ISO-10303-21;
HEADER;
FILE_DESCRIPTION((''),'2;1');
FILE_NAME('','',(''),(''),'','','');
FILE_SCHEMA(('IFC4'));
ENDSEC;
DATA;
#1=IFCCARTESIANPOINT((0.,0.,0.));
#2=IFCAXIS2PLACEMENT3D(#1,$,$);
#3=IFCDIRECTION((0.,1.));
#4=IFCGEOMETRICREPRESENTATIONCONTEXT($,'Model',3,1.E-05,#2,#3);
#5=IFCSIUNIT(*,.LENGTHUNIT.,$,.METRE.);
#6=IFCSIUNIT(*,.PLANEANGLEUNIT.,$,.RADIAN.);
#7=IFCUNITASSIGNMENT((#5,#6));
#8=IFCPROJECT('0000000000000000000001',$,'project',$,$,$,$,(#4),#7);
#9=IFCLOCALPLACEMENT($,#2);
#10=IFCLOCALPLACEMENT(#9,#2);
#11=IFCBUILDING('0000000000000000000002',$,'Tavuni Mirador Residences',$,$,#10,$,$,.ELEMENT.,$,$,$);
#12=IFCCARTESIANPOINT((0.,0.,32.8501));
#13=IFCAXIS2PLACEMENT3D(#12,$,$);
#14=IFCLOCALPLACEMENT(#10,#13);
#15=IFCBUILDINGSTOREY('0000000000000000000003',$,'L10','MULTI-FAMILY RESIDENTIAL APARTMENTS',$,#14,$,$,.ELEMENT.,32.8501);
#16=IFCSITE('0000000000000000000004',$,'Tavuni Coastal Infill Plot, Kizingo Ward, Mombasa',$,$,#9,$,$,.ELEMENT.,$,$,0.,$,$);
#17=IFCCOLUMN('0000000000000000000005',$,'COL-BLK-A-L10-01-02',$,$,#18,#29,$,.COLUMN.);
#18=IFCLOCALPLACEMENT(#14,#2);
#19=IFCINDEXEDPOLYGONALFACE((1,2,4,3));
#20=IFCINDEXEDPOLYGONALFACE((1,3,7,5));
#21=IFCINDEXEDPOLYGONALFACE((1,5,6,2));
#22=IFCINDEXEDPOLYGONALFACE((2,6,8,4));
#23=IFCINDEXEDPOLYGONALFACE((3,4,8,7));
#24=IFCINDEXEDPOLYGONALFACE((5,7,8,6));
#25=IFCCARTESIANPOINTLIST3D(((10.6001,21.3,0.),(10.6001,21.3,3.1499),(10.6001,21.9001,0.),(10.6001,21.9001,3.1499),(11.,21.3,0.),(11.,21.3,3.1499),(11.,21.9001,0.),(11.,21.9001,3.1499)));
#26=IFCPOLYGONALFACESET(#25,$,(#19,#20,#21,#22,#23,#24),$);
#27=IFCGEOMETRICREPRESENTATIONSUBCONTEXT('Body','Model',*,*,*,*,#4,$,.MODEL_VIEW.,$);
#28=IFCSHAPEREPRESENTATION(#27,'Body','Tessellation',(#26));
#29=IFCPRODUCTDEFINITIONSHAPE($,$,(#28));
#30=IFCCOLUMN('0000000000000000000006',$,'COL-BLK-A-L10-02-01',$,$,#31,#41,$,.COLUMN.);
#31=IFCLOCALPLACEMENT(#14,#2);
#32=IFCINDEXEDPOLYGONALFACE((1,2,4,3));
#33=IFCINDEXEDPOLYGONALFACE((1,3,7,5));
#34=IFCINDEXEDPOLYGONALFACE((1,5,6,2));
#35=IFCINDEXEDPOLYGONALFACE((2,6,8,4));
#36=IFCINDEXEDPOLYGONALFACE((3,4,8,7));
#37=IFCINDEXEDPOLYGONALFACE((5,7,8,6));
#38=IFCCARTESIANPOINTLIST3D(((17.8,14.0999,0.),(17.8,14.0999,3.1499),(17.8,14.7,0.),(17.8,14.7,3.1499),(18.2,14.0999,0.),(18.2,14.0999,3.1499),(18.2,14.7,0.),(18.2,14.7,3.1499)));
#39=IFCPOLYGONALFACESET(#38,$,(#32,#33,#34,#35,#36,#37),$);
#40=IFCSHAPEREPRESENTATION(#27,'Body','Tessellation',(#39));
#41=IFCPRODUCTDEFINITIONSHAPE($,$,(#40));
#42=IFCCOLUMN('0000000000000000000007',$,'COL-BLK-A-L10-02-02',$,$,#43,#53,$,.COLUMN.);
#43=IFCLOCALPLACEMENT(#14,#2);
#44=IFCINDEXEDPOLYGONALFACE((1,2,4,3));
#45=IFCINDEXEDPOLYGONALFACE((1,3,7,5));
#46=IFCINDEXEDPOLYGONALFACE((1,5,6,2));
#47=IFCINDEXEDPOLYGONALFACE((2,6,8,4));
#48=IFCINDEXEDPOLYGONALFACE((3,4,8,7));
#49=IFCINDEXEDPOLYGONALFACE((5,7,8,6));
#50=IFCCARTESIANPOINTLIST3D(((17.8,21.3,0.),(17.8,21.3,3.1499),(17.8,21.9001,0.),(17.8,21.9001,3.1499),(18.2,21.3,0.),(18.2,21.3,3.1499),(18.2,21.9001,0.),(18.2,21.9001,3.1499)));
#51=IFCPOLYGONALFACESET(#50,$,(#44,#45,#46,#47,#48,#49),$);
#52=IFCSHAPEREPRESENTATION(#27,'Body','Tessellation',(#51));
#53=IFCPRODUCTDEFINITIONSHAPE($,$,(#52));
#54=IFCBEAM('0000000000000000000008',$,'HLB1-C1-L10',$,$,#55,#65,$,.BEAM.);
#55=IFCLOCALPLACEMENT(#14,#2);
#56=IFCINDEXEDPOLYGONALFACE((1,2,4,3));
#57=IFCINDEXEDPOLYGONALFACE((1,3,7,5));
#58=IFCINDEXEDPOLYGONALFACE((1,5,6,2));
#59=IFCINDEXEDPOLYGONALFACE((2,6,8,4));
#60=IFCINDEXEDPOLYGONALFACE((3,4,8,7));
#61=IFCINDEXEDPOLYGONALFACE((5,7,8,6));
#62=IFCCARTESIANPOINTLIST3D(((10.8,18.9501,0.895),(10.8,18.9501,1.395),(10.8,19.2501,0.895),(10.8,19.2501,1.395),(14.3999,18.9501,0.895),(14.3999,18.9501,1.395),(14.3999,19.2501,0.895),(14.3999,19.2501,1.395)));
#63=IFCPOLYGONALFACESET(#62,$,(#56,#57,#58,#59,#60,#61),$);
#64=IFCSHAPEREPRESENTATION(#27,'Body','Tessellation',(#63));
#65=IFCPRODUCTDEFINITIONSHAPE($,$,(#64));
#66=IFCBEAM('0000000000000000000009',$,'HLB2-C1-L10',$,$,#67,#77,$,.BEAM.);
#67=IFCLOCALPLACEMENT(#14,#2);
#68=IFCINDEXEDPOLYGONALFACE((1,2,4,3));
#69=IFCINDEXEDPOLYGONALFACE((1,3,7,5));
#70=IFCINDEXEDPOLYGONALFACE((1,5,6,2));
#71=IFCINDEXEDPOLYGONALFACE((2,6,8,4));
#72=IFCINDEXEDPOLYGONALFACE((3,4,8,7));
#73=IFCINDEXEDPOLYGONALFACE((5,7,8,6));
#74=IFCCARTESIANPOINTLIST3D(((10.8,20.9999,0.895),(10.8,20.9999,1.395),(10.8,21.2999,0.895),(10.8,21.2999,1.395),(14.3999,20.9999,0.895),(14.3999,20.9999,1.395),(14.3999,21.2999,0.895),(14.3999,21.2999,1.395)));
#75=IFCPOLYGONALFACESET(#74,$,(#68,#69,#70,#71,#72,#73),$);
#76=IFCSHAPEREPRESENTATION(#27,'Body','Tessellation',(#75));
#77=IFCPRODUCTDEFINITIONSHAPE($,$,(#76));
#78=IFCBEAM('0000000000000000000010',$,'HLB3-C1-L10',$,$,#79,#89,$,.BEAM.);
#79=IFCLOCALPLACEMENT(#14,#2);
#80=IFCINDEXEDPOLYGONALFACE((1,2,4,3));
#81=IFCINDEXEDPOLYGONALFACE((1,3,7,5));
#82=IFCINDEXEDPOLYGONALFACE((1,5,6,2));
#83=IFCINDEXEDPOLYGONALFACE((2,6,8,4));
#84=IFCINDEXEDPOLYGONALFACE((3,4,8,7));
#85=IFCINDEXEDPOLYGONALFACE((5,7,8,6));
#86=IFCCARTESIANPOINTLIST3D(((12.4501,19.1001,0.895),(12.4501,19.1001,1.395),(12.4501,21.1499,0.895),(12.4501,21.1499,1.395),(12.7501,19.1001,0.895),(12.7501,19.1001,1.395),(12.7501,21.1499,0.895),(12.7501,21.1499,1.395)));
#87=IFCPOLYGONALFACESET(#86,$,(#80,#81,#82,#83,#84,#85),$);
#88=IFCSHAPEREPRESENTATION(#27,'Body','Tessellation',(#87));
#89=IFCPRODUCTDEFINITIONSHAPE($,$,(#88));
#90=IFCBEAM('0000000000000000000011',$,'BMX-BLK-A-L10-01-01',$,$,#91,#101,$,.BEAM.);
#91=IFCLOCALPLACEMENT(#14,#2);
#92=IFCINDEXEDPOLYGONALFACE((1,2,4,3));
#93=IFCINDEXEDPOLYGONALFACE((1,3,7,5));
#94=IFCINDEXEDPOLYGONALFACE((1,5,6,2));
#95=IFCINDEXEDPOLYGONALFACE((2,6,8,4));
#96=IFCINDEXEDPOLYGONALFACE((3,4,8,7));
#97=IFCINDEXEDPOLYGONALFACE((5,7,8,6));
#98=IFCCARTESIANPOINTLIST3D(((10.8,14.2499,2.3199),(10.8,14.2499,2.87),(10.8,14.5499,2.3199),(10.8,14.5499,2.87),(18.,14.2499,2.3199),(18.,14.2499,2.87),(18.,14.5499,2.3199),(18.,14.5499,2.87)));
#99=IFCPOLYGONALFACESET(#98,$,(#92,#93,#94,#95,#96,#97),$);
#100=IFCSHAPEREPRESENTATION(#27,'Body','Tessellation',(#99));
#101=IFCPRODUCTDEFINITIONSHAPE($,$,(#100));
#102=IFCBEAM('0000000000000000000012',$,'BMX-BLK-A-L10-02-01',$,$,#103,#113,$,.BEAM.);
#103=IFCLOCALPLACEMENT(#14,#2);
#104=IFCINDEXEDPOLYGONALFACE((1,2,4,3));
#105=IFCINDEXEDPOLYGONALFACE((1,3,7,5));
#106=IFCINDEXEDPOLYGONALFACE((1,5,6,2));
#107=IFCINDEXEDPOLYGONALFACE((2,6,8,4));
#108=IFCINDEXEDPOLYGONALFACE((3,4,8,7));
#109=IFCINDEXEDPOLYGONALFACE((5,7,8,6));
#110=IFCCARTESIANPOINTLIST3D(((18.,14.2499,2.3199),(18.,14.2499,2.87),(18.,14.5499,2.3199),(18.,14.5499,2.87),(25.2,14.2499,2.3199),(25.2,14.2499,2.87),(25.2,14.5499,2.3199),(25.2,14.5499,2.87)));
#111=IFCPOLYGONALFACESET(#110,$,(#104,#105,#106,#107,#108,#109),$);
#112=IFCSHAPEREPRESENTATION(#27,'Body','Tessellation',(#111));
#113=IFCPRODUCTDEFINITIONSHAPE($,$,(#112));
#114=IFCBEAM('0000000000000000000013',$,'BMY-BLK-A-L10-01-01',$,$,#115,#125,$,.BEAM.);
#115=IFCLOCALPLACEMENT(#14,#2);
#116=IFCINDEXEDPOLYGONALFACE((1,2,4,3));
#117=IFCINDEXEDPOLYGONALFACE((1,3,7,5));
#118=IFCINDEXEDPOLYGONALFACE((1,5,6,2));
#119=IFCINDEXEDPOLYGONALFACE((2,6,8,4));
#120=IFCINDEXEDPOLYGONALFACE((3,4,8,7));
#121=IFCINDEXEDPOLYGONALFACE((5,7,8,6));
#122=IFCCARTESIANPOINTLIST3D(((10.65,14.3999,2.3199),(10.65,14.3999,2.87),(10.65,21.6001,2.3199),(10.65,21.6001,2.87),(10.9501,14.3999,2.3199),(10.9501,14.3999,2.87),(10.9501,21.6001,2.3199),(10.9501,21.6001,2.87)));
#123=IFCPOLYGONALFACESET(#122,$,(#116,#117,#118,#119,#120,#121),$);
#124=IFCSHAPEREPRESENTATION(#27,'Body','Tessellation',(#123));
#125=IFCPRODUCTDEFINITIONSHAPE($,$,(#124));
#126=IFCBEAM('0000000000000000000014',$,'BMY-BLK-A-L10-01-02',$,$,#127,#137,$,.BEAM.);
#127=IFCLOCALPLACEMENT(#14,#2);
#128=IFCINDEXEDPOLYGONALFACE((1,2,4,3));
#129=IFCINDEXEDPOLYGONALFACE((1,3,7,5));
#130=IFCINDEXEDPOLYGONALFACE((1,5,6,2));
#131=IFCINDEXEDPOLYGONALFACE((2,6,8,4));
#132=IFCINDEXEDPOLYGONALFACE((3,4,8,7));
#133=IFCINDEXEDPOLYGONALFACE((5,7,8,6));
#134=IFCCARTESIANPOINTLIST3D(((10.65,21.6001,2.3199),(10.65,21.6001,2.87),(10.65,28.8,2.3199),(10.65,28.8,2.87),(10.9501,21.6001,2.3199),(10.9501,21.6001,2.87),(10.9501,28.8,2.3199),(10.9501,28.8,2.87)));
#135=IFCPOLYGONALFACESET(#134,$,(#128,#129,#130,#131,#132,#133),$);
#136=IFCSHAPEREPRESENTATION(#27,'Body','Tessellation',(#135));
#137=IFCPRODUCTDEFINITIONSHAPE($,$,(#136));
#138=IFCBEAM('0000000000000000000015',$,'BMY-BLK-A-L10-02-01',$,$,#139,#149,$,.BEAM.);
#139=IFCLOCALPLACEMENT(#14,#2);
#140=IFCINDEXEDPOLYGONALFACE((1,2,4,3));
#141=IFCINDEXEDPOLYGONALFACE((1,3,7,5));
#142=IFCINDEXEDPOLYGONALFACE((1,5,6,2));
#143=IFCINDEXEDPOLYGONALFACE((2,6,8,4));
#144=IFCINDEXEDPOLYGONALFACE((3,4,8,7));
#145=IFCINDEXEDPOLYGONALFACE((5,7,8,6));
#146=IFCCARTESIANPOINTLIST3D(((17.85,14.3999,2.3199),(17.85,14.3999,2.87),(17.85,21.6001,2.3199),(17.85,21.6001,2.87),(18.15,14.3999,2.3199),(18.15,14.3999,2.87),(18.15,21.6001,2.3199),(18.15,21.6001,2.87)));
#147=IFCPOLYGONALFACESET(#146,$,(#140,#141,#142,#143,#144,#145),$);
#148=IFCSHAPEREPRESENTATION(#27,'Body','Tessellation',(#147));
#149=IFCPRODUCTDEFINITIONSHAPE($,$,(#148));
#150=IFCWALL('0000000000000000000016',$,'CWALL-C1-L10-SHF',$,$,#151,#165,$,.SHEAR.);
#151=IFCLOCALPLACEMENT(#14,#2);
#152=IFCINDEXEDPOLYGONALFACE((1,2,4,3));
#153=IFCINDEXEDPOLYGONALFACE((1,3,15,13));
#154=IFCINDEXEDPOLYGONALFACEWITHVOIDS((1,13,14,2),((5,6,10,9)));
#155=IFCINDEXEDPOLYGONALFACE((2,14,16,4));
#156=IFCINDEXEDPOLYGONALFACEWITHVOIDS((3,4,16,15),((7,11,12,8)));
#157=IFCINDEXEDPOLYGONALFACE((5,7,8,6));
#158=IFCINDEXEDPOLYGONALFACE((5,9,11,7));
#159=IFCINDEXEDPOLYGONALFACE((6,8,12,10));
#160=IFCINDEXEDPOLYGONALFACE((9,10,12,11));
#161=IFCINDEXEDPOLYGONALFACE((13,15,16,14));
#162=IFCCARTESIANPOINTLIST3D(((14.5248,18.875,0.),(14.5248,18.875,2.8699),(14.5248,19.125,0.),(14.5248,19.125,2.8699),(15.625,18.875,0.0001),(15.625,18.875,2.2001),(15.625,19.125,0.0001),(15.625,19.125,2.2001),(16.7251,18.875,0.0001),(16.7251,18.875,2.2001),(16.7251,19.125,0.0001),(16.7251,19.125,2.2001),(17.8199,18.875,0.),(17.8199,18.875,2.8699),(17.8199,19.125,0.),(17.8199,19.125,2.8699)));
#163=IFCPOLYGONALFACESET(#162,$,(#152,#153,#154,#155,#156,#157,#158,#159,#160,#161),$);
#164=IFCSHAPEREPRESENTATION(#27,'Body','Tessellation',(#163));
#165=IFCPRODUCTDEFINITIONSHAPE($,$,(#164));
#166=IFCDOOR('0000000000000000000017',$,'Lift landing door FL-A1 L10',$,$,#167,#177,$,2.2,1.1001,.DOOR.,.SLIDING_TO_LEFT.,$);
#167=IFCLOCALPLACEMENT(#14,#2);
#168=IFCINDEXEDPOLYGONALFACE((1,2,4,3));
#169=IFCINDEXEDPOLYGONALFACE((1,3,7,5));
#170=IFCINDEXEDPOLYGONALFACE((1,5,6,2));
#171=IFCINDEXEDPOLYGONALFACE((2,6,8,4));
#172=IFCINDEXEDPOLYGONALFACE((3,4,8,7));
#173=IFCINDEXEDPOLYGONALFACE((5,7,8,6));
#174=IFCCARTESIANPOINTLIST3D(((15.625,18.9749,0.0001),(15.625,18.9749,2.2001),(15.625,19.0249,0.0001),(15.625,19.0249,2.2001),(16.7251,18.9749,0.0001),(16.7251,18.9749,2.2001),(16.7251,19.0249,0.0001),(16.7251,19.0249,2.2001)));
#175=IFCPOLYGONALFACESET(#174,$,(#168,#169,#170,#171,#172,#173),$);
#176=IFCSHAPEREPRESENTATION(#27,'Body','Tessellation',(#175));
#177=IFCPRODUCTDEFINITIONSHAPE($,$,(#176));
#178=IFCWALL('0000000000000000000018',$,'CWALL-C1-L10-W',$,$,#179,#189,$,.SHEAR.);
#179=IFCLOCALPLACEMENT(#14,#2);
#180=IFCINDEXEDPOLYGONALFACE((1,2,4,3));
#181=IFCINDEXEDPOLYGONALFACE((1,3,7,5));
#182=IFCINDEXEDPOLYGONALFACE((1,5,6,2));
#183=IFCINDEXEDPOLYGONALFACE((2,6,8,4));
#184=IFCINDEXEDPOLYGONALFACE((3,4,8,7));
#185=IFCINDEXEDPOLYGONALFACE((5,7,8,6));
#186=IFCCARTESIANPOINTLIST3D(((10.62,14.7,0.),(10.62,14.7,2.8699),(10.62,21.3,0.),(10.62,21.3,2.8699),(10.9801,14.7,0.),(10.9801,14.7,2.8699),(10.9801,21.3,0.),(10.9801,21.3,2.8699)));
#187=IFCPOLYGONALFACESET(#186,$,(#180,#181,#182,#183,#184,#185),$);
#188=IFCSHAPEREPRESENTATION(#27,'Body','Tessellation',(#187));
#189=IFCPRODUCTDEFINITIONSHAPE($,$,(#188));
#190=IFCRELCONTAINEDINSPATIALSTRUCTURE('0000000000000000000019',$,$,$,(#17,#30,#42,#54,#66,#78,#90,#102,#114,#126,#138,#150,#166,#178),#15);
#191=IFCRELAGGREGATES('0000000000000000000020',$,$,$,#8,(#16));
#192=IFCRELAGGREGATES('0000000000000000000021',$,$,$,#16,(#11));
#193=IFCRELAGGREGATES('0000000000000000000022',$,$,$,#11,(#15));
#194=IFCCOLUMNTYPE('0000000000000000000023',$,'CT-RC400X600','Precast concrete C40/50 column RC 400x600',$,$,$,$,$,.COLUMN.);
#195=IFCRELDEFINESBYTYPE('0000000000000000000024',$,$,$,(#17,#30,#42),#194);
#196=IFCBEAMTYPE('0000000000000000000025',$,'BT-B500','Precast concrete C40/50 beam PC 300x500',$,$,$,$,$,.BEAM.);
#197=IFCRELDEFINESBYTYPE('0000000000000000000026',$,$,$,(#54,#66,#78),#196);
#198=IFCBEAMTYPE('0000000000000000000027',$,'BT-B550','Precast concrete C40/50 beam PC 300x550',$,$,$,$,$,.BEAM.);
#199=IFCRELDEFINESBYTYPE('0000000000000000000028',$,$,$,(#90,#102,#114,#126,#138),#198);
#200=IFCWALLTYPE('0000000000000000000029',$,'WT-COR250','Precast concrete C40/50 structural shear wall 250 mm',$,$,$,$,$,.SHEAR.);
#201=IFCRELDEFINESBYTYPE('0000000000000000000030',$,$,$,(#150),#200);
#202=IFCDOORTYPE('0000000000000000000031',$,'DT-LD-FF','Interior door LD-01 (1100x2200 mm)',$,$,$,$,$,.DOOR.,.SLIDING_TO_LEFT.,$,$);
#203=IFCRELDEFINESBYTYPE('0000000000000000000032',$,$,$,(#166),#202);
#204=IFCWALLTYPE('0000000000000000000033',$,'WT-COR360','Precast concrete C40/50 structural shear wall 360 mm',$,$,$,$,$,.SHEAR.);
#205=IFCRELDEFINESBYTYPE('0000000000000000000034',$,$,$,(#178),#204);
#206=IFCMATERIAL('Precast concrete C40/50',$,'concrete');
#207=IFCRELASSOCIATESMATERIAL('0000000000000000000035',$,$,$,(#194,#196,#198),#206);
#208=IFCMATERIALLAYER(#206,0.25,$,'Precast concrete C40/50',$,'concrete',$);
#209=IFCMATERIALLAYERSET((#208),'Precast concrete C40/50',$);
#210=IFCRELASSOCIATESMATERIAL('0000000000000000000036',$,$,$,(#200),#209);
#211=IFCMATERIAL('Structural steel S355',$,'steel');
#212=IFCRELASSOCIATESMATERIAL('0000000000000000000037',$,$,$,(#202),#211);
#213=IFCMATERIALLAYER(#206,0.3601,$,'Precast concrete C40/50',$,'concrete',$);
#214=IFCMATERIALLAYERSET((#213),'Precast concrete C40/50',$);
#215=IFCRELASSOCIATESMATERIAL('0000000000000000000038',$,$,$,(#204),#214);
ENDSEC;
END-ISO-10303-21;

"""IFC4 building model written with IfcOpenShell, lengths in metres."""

from ifc_helpers import new_model, si_unit, direction, frame, frame_2d, origin, origin_2d, place, context, subcontext, project, spatial, rectangle, extrude, material, layer, layer_set, material_profile, profile_set, type_object, element, fill, save


model = new_model("IFC4")

# Units and contexts
model_context = context("Model", 3, precision=1e-05, world=origin(), true_north=direction((0.0, 1.0)))
body_context = subcontext(model_context, "Body", "Model", "MODEL_VIEW")
ifc_project = project(units=[si_unit("LENGTHUNIT", "METRE"), si_unit("PLANEANGLEUNIT", "RADIAN")], contexts=[model_context])

# Site, building, storey
site_placement = place(None, origin())
site = spatial("IfcSite", under=ifc_project, at=site_placement, Name="Tavuni Coastal Infill Plot, Kizingo Ward, Mombasa", CompositionType="ELEMENT", RefElevation=0.0)
building_placement = place(site_placement, origin())
building = spatial("IfcBuilding", under=site, at=building_placement, Name="Tavuni Mirador Residences", CompositionType="ELEMENT")
storey_placement = place(building_placement, frame((0.0, 0.0, 32.8501)))
storey = spatial("IfcBuildingStorey", under=building, at=storey_placement, Name="L10", Description="MULTI-FAMILY RESIDENTIAL APARTMENTS", CompositionType="ELEMENT", Elevation=32.8501)

# Columns
ifc_material_1 = material(Name="Precast concrete C40/50", Category="concrete")
ifc_material_profile_1 = material_profile(ifc_material_1, rectangle(XDim=0.3999, YDim=0.6001, at=origin_2d()), Name="RC 400x600", Category="concrete")
ifc_profile_set_1 = profile_set([ifc_material_profile_1], Name="Precast concrete C40/50")
column_type = type_object("IfcColumnType", Name="CT-RC400X600", Description="Precast concrete C40/50 column RC 400x600", PredefinedType="COLUMN", material=ifc_profile_set_1)
for number, where, z_axis, x_axis, name in (
    (1, (10.8, 21.6001, 0.0), (0.0, 0.0, 1.0), (1.0, 0.0, 0.0), "COL-BLK-A-L10-01-02"),
    (2, (18.0, 14.3999, 0.0), (0.0, 0.0, 1.0), (1.0, 0.0, 0.0), "COL-BLK-A-L10-02-01"),
    (3, (18.0, 21.6001, 0.0), (0.0, 0.0, 1.0), (1.0, 0.0, 0.0), "COL-BLK-A-L10-02-02"),
):
    element("IfcColumn", number, at=place(storey_placement, frame(where, z_axis=z_axis, x_axis=x_axis)), inside=storey, type_object=column_type, Name=name, PredefinedType="COLUMN", context=body_context, shape_type="SweptSolid", body=[
        extrude(rectangle(XDim=0.3999, YDim=0.6001, at=origin_2d()), origin(), (0.0, 0.0, 1.0), 3.1499),
    ])

# Beams
ifc_material_profile_2 = material_profile(ifc_material_1, rectangle(XDim=0.3, YDim=0.5, at=origin_2d()), Name="PC 300x500", Category="concrete")
ifc_profile_set_2 = profile_set([ifc_material_profile_2], Name="Precast concrete C40/50")
beam_type_1 = type_object("IfcBeamType", Name="BT-B500", Description="Precast concrete C40/50 beam PC 300x500", PredefinedType="BEAM", material=ifc_profile_set_2)
for number, where, z_axis, x_axis, name in (
    (4, (10.8, 19.1001, 1.145), (1.0, 0.0, 0.0), (0.0, 1.0, 0.0), "HLB1-C1-L10"),
    (5, (10.8, 21.1499, 1.145), (1.0, 0.0, 0.0), (0.0, 1.0, 0.0), "HLB2-C1-L10"),
):
    element("IfcBeam", number, at=place(storey_placement, frame(where, z_axis=z_axis, x_axis=x_axis)), inside=storey, type_object=beam_type_1, Name=name, PredefinedType="BEAM", context=body_context, shape_type="SweptSolid", body=[
        extrude(rectangle(XDim=0.3, YDim=0.5, at=origin_2d()), origin(), (0.0, 0.0, 1.0), 3.5999),
    ])
beam_1_placement = place(storey_placement, frame((12.6001, 19.1001, 1.145), z_axis=(0.0, 1.0, 0.0), x_axis=(-1.0, 0.0, 0.0)))
element("IfcBeam", 6, at=beam_1_placement, inside=storey, type_object=beam_type_1, Name="HLB3-C1-L10", PredefinedType="BEAM", context=body_context, shape_type="SweptSolid", body=[
    extrude(rectangle(XDim=0.3, YDim=0.5, at=origin_2d()), origin(), (0.0, 0.0, 1.0), 2.0498),
])
ifc_material_profile_3 = material_profile(ifc_material_1, rectangle(XDim=0.3, YDim=0.55, at=origin_2d()), Name="PC 300x550", Category="concrete")
ifc_profile_set_3 = profile_set([ifc_material_profile_3], Name="Precast concrete C40/50")
beam_type_2 = type_object("IfcBeamType", Name="BT-B550", Description="Precast concrete C40/50 beam PC 300x550", PredefinedType="BEAM", material=ifc_profile_set_3)
for number, where, z_axis, x_axis, name in (
    (7, (10.8, 14.3999, 2.595), (1.0, 0.0, 0.0), (0.0, 1.0, 0.0), "BMX-BLK-A-L10-01-01"),
    (8, (18.0, 14.3999, 2.595), (1.0, 0.0, 0.0), (0.0, 1.0, 0.0), "BMX-BLK-A-L10-02-01"),
):
    element("IfcBeam", number, at=place(storey_placement, frame(where, z_axis=z_axis, x_axis=x_axis)), inside=storey, type_object=beam_type_2, Name=name, PredefinedType="BEAM", context=body_context, shape_type="SweptSolid", body=[
        extrude(rectangle(XDim=0.3, YDim=0.55, at=origin_2d()), origin(), (0.0, 0.0, 1.0), 7.2),
    ])
beam_2_placement = place(storey_placement, frame((10.8, 14.3999, 2.595), z_axis=(0.0, 1.0, 0.0), x_axis=(-1.0, 0.0, 0.0)))
element("IfcBeam", 9, at=beam_2_placement, inside=storey, type_object=beam_type_2, Name="BMY-BLK-A-L10-01-01", PredefinedType="BEAM", context=body_context, shape_type="SweptSolid", body=[
    extrude(rectangle(XDim=0.3, YDim=0.55, at=origin_2d()), origin(), (0.0, 0.0, 1.0), 7.2002),
])
beam_3_placement = place(storey_placement, frame((10.8, 21.6001, 2.595), z_axis=(0.0, 1.0, 0.0), x_axis=(-1.0, 0.0, 0.0)))
element("IfcBeam", 10, at=beam_3_placement, inside=storey, type_object=beam_type_2, Name="BMY-BLK-A-L10-01-02", PredefinedType="BEAM", context=body_context, shape_type="SweptSolid", body=[
    extrude(rectangle(XDim=0.3, YDim=0.55, at=origin_2d()), origin(), (0.0, 0.0, 1.0), 7.2),
])
beam_4_placement = place(storey_placement, frame((18.0, 14.3999, 2.595), z_axis=(0.0, 1.0, 0.0), x_axis=(-1.0, 0.0, 0.0)))
element("IfcBeam", 11, at=beam_4_placement, inside=storey, type_object=beam_type_2, Name="BMY-BLK-A-L10-02-01", PredefinedType="BEAM", context=body_context, shape_type="SweptSolid", body=[
    extrude(rectangle(XDim=0.3, YDim=0.55, at=origin_2d()), origin(), (0.0, 0.0, 1.0), 7.2002),
])

# Wall, opening, door
ifc_layer_1 = layer(ifc_material_1, 0.25, Name="Precast concrete C40/50", Category="concrete")
ifc_layer_set_1 = layer_set([ifc_layer_1], Name="Precast concrete C40/50")
wall_type_1 = type_object("IfcWallType", Name="WT-COR250", Description="Precast concrete C40/50 structural shear wall 250 mm", PredefinedType="SHEAR", material=ifc_layer_set_1)
wall_1_placement = place(storey_placement, frame((14.5249, 19.0, 0.0), z_axis=(0.0, 0.0, 1.0), x_axis=(1.0, 0.0, 0.0)))
wall_1 = element("IfcWall", 12, at=wall_1_placement, inside=storey, type_object=wall_type_1, Name="CWALL-C1-L10-SHF", PredefinedType="SHEAR", context=body_context, shape_type="SweptSolid", body=[
    extrude(rectangle(XDim=3.2952, YDim=0.25, at=frame_2d((1.6475, 0.0))), origin(), (0.0, 0.0, 1.0), 2.8699),
])
opening_1_placement = place(wall_1_placement, frame((1.1001, 0.0, 0.0)))
opening_1 = element("IfcOpeningElement", 13, at=opening_1_placement, cuts=wall_1, PredefinedType="OPENING", context=body_context, shape_type="SweptSolid", body=[
    extrude(rectangle(XDim=1.1001, YDim=2.2, at=frame_2d((0.55, 1.1001))), frame((0.0, 0.135, 0.0), z_axis=(0.0, -1.0, 0.0), x_axis=(1.0, 0.0, 0.0)), (0.0, 0.0, 1.0), 0.27),
])
ifc_material_2 = material(Name="Structural steel S355", Category="steel")
door_type_1 = type_object("IfcDoorType", Name="DT-LD-FF", Description="Interior door LD-01 (1100x2200 mm)", OperationType="SLIDING_TO_LEFT", PredefinedType="DOOR", material=ifc_material_2)
door_1_placement = place(opening_1_placement, origin())
door_1 = element("IfcDoor", 14, at=door_1_placement, inside=storey, type_object=door_type_1, Name="Lift landing door FL-A1 L10", OperationType="SLIDING_TO_LEFT", OverallHeight=2.2, OverallWidth=1.1001, PredefinedType="DOOR", context=body_context, shape_type="SweptSolid", body=[
    extrude(rectangle(XDim=1.1001, YDim=2.2, at=frame_2d((0.55, 1.1001))), frame((0.0, 0.0249, 0.0), z_axis=(0.0, -1.0, 0.0), x_axis=(1.0, 0.0, 0.0)), (0.0, 0.0, 1.0), 0.05),
])
fill(opening_1, door_1)

# Wall
ifc_layer_2 = layer(ifc_material_1, 0.3601, Name="Precast concrete C40/50", Category="concrete")
ifc_layer_set_2 = layer_set([ifc_layer_2], Name="Precast concrete C40/50")
wall_type_2 = type_object("IfcWallType", Name="WT-COR360", Description="Precast concrete C40/50 structural shear wall 360 mm", PredefinedType="SHEAR", material=ifc_layer_set_2)
wall_2_placement = place(storey_placement, frame((10.8, 14.7, 0.0), z_axis=(0.0, 0.0, 1.0), x_axis=(0.0, 1.0, 0.0)))
element("IfcWall", 15, at=wall_2_placement, inside=storey, type_object=wall_type_2, Name="CWALL-C1-L10-W", PredefinedType="SHEAR", context=body_context, shape_type="SweptSolid", body=[
    extrude(rectangle(XDim=6.6001, YDim=0.3601, at=frame_2d((3.3, 0.0))), origin(), (0.0, 0.0, 1.0), 2.8699),
])

save(model, "model.ifc")
